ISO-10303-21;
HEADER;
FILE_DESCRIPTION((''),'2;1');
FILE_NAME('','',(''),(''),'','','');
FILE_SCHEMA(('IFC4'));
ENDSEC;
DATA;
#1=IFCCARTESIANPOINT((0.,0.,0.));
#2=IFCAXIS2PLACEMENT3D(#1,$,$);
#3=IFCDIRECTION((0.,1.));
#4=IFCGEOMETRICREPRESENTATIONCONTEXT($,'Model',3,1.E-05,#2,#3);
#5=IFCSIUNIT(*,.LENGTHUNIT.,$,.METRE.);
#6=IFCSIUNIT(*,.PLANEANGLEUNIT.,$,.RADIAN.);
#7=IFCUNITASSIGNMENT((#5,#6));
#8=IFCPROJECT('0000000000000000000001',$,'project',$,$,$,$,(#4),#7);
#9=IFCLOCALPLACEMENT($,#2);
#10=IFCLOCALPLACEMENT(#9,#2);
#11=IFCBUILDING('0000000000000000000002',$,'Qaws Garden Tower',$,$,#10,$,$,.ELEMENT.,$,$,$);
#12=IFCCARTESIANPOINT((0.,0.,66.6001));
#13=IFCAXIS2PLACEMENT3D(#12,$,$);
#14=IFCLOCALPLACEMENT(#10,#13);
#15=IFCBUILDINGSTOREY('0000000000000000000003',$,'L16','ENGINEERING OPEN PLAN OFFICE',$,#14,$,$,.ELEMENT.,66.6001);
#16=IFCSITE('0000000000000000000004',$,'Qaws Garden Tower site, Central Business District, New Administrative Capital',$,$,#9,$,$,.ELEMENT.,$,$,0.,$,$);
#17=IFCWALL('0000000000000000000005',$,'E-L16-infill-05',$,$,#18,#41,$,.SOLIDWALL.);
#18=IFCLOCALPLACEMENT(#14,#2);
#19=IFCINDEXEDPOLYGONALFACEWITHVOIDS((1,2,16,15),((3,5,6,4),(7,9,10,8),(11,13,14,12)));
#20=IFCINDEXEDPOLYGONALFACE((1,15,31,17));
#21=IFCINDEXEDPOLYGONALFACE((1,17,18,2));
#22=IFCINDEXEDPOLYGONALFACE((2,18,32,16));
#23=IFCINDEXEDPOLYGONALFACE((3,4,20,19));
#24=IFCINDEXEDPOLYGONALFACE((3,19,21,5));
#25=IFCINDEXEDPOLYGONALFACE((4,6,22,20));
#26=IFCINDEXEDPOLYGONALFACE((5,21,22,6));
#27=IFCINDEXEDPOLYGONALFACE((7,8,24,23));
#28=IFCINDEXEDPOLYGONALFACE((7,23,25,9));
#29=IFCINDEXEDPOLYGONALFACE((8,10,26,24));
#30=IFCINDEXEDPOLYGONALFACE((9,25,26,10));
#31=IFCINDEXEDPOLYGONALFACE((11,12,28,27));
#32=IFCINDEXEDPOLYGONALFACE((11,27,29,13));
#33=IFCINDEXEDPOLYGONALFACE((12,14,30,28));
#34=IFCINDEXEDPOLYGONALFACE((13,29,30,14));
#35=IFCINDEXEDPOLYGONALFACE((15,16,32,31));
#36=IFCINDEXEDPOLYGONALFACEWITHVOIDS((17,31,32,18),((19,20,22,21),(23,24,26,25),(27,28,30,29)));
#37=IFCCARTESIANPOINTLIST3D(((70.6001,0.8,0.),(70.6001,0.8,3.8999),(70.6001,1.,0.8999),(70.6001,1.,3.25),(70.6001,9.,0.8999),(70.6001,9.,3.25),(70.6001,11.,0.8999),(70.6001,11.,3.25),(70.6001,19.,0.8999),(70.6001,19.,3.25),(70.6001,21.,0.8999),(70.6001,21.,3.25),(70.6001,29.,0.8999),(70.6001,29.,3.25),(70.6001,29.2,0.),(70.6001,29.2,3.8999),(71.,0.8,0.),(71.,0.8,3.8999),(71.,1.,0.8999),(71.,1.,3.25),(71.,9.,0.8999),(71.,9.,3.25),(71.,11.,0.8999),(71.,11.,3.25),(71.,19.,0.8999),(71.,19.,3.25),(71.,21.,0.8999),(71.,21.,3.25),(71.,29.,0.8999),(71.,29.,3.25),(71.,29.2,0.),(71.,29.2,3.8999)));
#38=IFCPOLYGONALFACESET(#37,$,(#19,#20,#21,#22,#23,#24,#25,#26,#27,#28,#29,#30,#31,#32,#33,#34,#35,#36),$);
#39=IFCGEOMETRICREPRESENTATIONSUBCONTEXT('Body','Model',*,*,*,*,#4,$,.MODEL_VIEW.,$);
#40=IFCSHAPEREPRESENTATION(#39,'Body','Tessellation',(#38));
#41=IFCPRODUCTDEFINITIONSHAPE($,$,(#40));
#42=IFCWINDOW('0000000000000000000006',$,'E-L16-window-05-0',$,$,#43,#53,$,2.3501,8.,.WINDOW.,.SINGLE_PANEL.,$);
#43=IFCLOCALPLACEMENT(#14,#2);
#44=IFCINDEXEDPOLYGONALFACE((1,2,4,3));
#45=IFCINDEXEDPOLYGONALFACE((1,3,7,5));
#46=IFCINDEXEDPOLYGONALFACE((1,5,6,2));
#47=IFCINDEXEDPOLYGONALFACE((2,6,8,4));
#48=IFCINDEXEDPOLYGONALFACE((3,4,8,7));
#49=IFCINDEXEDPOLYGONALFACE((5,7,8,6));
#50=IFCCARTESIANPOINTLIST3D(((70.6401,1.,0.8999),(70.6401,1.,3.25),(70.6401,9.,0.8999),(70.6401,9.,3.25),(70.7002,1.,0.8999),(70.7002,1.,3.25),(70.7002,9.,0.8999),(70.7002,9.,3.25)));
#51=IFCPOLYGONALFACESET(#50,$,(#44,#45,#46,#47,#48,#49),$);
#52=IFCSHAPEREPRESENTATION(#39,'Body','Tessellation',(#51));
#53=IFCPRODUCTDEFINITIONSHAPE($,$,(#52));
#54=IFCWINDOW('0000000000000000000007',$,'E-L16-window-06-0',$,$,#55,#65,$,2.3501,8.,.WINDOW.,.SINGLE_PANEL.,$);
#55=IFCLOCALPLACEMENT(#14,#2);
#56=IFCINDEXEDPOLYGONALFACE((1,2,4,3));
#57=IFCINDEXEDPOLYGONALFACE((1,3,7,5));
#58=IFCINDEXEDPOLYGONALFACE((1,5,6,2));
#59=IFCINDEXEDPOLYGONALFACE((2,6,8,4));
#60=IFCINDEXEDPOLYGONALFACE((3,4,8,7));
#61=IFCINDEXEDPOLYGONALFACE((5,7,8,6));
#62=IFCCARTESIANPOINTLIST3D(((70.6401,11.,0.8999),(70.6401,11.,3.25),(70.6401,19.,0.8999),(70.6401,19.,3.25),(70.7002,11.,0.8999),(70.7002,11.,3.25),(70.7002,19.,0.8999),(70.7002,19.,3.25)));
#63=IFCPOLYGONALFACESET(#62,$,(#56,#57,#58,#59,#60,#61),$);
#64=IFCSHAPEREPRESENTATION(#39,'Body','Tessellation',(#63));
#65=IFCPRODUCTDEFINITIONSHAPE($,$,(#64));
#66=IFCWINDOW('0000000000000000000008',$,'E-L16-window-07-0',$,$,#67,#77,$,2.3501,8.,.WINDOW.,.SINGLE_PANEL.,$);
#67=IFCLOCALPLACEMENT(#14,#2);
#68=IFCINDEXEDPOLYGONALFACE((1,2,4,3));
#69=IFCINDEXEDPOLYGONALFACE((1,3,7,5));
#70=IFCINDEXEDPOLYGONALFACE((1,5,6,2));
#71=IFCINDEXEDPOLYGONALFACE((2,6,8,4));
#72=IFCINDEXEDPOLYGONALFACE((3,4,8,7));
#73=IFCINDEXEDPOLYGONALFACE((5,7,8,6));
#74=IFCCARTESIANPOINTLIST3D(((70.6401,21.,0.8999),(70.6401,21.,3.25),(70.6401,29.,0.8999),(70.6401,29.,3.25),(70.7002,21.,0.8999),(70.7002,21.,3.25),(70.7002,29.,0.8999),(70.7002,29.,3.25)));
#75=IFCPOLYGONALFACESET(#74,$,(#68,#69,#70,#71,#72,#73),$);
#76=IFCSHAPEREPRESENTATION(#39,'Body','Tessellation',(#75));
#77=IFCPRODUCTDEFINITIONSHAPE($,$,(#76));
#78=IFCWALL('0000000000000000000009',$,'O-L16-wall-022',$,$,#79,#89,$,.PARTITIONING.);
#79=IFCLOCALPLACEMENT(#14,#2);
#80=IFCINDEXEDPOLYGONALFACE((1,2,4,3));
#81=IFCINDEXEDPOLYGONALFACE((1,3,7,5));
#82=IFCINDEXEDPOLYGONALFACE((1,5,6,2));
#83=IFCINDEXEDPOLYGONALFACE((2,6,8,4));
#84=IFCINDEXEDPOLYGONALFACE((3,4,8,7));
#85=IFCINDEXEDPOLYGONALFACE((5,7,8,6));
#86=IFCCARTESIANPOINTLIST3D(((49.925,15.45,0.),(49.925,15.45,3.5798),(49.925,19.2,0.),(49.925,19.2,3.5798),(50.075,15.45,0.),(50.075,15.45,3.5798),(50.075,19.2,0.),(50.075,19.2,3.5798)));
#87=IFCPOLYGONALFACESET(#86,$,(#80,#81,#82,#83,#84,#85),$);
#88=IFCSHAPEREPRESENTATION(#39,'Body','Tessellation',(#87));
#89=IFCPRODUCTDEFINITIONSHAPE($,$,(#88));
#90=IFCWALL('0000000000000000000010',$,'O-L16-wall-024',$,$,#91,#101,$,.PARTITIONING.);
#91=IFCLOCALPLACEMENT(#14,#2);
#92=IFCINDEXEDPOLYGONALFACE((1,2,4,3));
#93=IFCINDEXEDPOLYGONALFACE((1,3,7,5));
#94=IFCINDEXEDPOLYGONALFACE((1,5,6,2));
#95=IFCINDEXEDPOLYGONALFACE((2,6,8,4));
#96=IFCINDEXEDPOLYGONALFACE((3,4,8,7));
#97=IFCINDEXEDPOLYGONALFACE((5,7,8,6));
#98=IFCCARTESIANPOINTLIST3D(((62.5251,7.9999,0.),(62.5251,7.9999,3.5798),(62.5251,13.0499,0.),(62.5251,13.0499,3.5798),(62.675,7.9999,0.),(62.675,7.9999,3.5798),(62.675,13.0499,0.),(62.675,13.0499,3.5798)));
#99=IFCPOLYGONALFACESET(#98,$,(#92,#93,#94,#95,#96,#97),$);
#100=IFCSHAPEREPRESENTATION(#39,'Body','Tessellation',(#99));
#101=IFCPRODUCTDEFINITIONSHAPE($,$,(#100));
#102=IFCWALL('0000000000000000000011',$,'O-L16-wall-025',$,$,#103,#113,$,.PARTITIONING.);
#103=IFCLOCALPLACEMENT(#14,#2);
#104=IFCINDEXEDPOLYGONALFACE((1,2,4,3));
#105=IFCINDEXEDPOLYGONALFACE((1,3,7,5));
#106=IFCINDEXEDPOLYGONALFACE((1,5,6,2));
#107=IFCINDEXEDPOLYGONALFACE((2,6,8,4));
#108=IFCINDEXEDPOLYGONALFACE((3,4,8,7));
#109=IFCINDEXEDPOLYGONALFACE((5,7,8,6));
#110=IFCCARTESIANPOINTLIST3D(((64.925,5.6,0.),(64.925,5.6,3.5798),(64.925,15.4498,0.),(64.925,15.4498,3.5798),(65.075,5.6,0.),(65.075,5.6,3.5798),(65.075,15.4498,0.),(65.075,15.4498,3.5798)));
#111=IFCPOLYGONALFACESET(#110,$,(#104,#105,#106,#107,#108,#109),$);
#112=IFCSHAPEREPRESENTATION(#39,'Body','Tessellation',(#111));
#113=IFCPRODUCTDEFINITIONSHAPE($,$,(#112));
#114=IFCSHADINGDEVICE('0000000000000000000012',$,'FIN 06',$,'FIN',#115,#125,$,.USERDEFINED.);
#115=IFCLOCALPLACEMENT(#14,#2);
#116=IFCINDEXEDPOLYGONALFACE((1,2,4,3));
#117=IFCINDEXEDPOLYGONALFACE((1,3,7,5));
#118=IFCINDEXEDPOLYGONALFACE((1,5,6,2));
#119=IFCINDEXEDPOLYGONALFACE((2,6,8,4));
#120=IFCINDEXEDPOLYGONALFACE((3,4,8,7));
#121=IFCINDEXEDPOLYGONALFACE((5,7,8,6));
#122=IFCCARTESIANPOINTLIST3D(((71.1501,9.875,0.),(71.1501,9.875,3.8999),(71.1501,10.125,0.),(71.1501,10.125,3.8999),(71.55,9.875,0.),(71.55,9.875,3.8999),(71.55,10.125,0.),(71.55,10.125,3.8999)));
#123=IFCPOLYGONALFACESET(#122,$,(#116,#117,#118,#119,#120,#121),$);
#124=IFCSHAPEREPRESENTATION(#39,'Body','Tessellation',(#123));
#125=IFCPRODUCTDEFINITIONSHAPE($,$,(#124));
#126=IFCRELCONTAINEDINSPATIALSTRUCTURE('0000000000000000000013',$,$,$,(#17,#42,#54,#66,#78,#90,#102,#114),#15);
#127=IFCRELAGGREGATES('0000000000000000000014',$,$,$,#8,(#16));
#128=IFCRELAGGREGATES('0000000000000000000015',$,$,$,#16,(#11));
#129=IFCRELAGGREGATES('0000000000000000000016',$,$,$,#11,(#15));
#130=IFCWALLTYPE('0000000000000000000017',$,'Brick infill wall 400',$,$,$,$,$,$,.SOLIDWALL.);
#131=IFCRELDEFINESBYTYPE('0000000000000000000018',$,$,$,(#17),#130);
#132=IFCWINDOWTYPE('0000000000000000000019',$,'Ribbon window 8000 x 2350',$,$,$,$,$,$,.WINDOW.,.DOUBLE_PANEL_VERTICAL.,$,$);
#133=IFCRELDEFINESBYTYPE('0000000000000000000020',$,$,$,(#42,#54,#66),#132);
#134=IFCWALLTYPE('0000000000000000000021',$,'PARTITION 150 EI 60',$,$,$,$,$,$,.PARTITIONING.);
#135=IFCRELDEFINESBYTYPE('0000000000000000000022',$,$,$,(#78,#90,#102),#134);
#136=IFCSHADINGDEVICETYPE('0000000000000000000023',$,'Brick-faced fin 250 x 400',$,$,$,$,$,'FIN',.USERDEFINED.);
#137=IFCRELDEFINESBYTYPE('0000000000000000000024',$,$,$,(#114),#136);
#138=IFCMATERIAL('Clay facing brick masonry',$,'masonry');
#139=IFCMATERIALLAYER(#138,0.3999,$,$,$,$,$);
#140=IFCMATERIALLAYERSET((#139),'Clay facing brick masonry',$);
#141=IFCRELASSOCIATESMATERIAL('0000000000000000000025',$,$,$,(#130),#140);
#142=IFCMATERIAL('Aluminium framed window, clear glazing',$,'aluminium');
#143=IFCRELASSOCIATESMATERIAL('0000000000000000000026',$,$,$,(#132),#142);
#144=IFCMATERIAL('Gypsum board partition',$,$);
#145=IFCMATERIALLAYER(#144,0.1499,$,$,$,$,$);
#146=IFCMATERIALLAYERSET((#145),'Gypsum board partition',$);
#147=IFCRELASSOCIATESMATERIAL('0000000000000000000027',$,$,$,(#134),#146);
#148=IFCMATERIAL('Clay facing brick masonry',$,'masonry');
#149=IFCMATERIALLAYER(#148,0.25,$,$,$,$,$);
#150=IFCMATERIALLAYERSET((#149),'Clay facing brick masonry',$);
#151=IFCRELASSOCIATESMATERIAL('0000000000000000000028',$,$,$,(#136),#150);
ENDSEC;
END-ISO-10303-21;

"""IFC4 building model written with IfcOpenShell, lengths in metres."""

from ifc_helpers import new_model, si_unit, direction, frame, frame_2d, origin, origin_2d, place, context, subcontext, project, spatial, rectangle, extrude, material, layer, layer_set, type_object, element, fill, save


model = new_model("IFC4")

# Units and contexts
model_context = context("Model", 3, precision=1e-05, world=origin(), true_north=direction((0.0, 1.0)))
body_context = subcontext(model_context, "Body", "Model", "MODEL_VIEW")
ifc_project = project(units=[si_unit("LENGTHUNIT", "METRE"), si_unit("PLANEANGLEUNIT", "RADIAN")], contexts=[model_context])

# Site, building, storey
site_placement = place(None, origin())
site = spatial("IfcSite", under=ifc_project, at=site_placement, Name="Qaws Garden Tower site, Central Business District, New Administrative Capital", CompositionType="ELEMENT", RefElevation=0.0)
building_placement = place(site_placement, origin())
building = spatial("IfcBuilding", under=site, at=building_placement, Name="Qaws Garden Tower", CompositionType="ELEMENT")
storey_placement = place(building_placement, frame((0.0, 0.0, 66.6001)))
storey = spatial("IfcBuildingStorey", under=building, at=storey_placement, Name="L16", Description="ENGINEERING OPEN PLAN OFFICE", CompositionType="ELEMENT", Elevation=66.6001)

# Wall, openings, windows
ifc_material_1 = material(Name="Clay facing brick masonry", Category="masonry")
ifc_layer_1 = layer(ifc_material_1, 0.3999)
ifc_layer_set_1 = layer_set([ifc_layer_1], Name="Clay facing brick masonry")
wall_type_1 = type_object("IfcWallType", Name="Brick infill wall 400", PredefinedType="SOLIDWALL", material=ifc_layer_set_1)
wall_1_placement = place(storey_placement, frame((70.8, 0.8, 0.0), z_axis=(0.0, 0.0, 1.0), x_axis=(0.0, 1.0, 0.0)))
wall_1 = element("IfcWall", 1, at=wall_1_placement, inside=storey, type_object=wall_type_1, Name="E-L16-infill-05", PredefinedType="SOLIDWALL", context=body_context, shape_type="SweptSolid", body=[
    extrude(rectangle(XDim=28.3999, YDim=0.3999, at=frame_2d((14.2, 0.0))), origin(), (0.0, 0.0, 1.0), 3.8999),
])
opening_1_placement = place(wall_1_placement, frame((0.2, 0.0, 0.8999)))
opening_1 = element("IfcOpeningElement", 2, at=opening_1_placement, cuts=wall_1, PredefinedType="OPENING", context=body_context, shape_type="SweptSolid", body=[
    extrude(rectangle(XDim=8.0, YDim=2.3501, at=frame_2d((4.0, 1.175))), frame((0.0, 0.21, 0.0), z_axis=(0.0, -1.0, 0.0), x_axis=(1.0, 0.0, 0.0)), (0.0, 0.0, 1.0), 0.4199),
])
opening_2_placement = place(wall_1_placement, frame((10.2, 0.0, 0.8999)))
opening_2 = element("IfcOpeningElement", 3, at=opening_2_placement, cuts=wall_1, PredefinedType="OPENING", context=body_context, shape_type="SweptSolid", body=[
    extrude(rectangle(XDim=8.0, YDim=2.3501, at=frame_2d((4.0, 1.175))), frame((0.0, 0.21, 0.0), z_axis=(0.0, -1.0, 0.0), x_axis=(1.0, 0.0, 0.0)), (0.0, 0.0, 1.0), 0.4199),
])
opening_3_placement = place(wall_1_placement, frame((20.2, 0.0, 0.8999)))
opening_3 = element("IfcOpeningElement", 4, at=opening_3_placement, cuts=wall_1, PredefinedType="OPENING", context=body_context, shape_type="SweptSolid", body=[
    extrude(rectangle(XDim=8.0, YDim=2.3501, at=frame_2d((4.0, 1.175))), frame((0.0, 0.21, 0.0), z_axis=(0.0, -1.0, 0.0), x_axis=(1.0, 0.0, 0.0)), (0.0, 0.0, 1.0), 0.4199),
])
ifc_material_2 = material(Name="Aluminium framed window, clear glazing", Category="aluminium")
window_type = type_object("IfcWindowType", Name="Ribbon window 8000 x 2350", PartitioningType="DOUBLE_PANEL_VERTICAL", PredefinedType="WINDOW", material=ifc_material_2)
window_1_placement = place(opening_1_placement, origin())
window_1 = element("IfcWindow", 5, at=window_1_placement, inside=storey, type_object=window_type, Name="E-L16-window-05-0", OverallHeight=2.3501, OverallWidth=8.0, PartitioningType="SINGLE_PANEL", PredefinedType="WINDOW", context=body_context, shape_type="SweptSolid", body=[
    extrude(rectangle(XDim=8.0, YDim=2.3501, at=frame_2d((4.0, 1.175))), frame((0.0, 0.1599, 0.0), z_axis=(0.0, -1.0, 0.0), x_axis=(1.0, 0.0, 0.0)), (0.0, 0.0, 1.0), 0.0601),
])
fill(opening_1, window_1)
window_2_placement = place(opening_2_placement, origin())
window_2 = element("IfcWindow", 6, at=window_2_placement, inside=storey, type_object=window_type, Name="E-L16-window-06-0", OverallHeight=2.3501, OverallWidth=8.0, PartitioningType="SINGLE_PANEL", PredefinedType="WINDOW", context=body_context, shape_type="SweptSolid", body=[
    extrude(rectangle(XDim=8.0, YDim=2.3501, at=frame_2d((4.0, 1.175))), frame((0.0, 0.1599, 0.0), z_axis=(0.0, -1.0, 0.0), x_axis=(1.0, 0.0, 0.0)), (0.0, 0.0, 1.0), 0.0601),
])
fill(opening_2, window_2)
window_3_placement = place(opening_3_placement, origin())
window_3 = element("IfcWindow", 7, at=window_3_placement, inside=storey, type_object=window_type, Name="E-L16-window-07-0", OverallHeight=2.3501, OverallWidth=8.0, PartitioningType="SINGLE_PANEL", PredefinedType="WINDOW", context=body_context, shape_type="SweptSolid", body=[
    extrude(rectangle(XDim=8.0, YDim=2.3501, at=frame_2d((4.0, 1.175))), frame((0.0, 0.1599, 0.0), z_axis=(0.0, -1.0, 0.0), x_axis=(1.0, 0.0, 0.0)), (0.0, 0.0, 1.0), 0.0601),
])
fill(opening_3, window_3)

# Walls
ifc_material_3 = material(Name="Gypsum board partition")
ifc_layer_2 = layer(ifc_material_3, 0.1499)
ifc_layer_set_2 = layer_set([ifc_layer_2], Name="Gypsum board partition")
wall_type_2 = type_object("IfcWallType", Name="PARTITION 150 EI 60", PredefinedType="PARTITIONING", material=ifc_layer_set_2)
wall_2_placement = place(storey_placement, frame((50.0, 15.45, 0.0), z_axis=(0.0, 0.0, 1.0), x_axis=(0.0, 1.0, 0.0)))
element("IfcWall", 8, at=wall_2_placement, inside=storey, type_object=wall_type_2, Name="O-L16-wall-022", PredefinedType="PARTITIONING", context=body_context, shape_type="SweptSolid", body=[
    extrude(rectangle(XDim=3.75, YDim=0.1499, at=frame_2d((1.875, 0.0))), origin(), (0.0, 0.0, 1.0), 3.5798),
])
wall_3_placement = place(storey_placement, frame((62.6001, 8.0, 0.0), z_axis=(0.0, 0.0, 1.0), x_axis=(0.0, 1.0, 0.0)))
element("IfcWall", 9, at=wall_3_placement, inside=storey, type_object=wall_type_2, Name="O-L16-wall-024", PredefinedType="PARTITIONING", context=body_context, shape_type="SweptSolid", body=[
    extrude(rectangle(XDim=5.05, YDim=0.1499, at=frame_2d((2.5249, 0.0))), origin(), (0.0, 0.0, 1.0), 3.5798),
])
wall_4_placement = place(storey_placement, frame((65.0, 5.6001, 0.0), z_axis=(0.0, 0.0, 1.0), x_axis=(0.0, 1.0, 0.0)))
element("IfcWall", 10, at=wall_4_placement, inside=storey, type_object=wall_type_2, Name="O-L16-wall-025", PredefinedType="PARTITIONING", context=body_context, shape_type="SweptSolid", body=[
    extrude(rectangle(XDim=9.8499, YDim=0.1499, at=frame_2d((4.9248, 0.0))), origin(), (0.0, 0.0, 1.0), 3.5798),
])

# Shading device
ifc_material_4 = material(Name="Clay facing brick masonry", Category="masonry")
ifc_layer_3 = layer(ifc_material_4, 0.25)
ifc_layer_set_3 = layer_set([ifc_layer_3], Name="Clay facing brick masonry")
shading_device_type = type_object("IfcShadingDeviceType", Name="Brick-faced fin 250 x 400", ElementType="FIN", PredefinedType="USERDEFINED", material=ifc_layer_set_3)
shading_device_placement = place(storey_placement, frame((71.3501, 10.0, 0.0), z_axis=(0.0, 0.0, 1.0), x_axis=(0.0, 1.0, 0.0)))
element("IfcShadingDevice", 11, at=shading_device_placement, inside=storey, type_object=shading_device_type, Name="FIN 06", ObjectType="FIN", PredefinedType="USERDEFINED", context=body_context, shape_type="SweptSolid", body=[
    extrude(rectangle(XDim=0.25, YDim=0.3999, at=origin_2d()), origin(), (0.0, 0.0, 1.0), 3.8999),
])

save(model, "model.ifc")
